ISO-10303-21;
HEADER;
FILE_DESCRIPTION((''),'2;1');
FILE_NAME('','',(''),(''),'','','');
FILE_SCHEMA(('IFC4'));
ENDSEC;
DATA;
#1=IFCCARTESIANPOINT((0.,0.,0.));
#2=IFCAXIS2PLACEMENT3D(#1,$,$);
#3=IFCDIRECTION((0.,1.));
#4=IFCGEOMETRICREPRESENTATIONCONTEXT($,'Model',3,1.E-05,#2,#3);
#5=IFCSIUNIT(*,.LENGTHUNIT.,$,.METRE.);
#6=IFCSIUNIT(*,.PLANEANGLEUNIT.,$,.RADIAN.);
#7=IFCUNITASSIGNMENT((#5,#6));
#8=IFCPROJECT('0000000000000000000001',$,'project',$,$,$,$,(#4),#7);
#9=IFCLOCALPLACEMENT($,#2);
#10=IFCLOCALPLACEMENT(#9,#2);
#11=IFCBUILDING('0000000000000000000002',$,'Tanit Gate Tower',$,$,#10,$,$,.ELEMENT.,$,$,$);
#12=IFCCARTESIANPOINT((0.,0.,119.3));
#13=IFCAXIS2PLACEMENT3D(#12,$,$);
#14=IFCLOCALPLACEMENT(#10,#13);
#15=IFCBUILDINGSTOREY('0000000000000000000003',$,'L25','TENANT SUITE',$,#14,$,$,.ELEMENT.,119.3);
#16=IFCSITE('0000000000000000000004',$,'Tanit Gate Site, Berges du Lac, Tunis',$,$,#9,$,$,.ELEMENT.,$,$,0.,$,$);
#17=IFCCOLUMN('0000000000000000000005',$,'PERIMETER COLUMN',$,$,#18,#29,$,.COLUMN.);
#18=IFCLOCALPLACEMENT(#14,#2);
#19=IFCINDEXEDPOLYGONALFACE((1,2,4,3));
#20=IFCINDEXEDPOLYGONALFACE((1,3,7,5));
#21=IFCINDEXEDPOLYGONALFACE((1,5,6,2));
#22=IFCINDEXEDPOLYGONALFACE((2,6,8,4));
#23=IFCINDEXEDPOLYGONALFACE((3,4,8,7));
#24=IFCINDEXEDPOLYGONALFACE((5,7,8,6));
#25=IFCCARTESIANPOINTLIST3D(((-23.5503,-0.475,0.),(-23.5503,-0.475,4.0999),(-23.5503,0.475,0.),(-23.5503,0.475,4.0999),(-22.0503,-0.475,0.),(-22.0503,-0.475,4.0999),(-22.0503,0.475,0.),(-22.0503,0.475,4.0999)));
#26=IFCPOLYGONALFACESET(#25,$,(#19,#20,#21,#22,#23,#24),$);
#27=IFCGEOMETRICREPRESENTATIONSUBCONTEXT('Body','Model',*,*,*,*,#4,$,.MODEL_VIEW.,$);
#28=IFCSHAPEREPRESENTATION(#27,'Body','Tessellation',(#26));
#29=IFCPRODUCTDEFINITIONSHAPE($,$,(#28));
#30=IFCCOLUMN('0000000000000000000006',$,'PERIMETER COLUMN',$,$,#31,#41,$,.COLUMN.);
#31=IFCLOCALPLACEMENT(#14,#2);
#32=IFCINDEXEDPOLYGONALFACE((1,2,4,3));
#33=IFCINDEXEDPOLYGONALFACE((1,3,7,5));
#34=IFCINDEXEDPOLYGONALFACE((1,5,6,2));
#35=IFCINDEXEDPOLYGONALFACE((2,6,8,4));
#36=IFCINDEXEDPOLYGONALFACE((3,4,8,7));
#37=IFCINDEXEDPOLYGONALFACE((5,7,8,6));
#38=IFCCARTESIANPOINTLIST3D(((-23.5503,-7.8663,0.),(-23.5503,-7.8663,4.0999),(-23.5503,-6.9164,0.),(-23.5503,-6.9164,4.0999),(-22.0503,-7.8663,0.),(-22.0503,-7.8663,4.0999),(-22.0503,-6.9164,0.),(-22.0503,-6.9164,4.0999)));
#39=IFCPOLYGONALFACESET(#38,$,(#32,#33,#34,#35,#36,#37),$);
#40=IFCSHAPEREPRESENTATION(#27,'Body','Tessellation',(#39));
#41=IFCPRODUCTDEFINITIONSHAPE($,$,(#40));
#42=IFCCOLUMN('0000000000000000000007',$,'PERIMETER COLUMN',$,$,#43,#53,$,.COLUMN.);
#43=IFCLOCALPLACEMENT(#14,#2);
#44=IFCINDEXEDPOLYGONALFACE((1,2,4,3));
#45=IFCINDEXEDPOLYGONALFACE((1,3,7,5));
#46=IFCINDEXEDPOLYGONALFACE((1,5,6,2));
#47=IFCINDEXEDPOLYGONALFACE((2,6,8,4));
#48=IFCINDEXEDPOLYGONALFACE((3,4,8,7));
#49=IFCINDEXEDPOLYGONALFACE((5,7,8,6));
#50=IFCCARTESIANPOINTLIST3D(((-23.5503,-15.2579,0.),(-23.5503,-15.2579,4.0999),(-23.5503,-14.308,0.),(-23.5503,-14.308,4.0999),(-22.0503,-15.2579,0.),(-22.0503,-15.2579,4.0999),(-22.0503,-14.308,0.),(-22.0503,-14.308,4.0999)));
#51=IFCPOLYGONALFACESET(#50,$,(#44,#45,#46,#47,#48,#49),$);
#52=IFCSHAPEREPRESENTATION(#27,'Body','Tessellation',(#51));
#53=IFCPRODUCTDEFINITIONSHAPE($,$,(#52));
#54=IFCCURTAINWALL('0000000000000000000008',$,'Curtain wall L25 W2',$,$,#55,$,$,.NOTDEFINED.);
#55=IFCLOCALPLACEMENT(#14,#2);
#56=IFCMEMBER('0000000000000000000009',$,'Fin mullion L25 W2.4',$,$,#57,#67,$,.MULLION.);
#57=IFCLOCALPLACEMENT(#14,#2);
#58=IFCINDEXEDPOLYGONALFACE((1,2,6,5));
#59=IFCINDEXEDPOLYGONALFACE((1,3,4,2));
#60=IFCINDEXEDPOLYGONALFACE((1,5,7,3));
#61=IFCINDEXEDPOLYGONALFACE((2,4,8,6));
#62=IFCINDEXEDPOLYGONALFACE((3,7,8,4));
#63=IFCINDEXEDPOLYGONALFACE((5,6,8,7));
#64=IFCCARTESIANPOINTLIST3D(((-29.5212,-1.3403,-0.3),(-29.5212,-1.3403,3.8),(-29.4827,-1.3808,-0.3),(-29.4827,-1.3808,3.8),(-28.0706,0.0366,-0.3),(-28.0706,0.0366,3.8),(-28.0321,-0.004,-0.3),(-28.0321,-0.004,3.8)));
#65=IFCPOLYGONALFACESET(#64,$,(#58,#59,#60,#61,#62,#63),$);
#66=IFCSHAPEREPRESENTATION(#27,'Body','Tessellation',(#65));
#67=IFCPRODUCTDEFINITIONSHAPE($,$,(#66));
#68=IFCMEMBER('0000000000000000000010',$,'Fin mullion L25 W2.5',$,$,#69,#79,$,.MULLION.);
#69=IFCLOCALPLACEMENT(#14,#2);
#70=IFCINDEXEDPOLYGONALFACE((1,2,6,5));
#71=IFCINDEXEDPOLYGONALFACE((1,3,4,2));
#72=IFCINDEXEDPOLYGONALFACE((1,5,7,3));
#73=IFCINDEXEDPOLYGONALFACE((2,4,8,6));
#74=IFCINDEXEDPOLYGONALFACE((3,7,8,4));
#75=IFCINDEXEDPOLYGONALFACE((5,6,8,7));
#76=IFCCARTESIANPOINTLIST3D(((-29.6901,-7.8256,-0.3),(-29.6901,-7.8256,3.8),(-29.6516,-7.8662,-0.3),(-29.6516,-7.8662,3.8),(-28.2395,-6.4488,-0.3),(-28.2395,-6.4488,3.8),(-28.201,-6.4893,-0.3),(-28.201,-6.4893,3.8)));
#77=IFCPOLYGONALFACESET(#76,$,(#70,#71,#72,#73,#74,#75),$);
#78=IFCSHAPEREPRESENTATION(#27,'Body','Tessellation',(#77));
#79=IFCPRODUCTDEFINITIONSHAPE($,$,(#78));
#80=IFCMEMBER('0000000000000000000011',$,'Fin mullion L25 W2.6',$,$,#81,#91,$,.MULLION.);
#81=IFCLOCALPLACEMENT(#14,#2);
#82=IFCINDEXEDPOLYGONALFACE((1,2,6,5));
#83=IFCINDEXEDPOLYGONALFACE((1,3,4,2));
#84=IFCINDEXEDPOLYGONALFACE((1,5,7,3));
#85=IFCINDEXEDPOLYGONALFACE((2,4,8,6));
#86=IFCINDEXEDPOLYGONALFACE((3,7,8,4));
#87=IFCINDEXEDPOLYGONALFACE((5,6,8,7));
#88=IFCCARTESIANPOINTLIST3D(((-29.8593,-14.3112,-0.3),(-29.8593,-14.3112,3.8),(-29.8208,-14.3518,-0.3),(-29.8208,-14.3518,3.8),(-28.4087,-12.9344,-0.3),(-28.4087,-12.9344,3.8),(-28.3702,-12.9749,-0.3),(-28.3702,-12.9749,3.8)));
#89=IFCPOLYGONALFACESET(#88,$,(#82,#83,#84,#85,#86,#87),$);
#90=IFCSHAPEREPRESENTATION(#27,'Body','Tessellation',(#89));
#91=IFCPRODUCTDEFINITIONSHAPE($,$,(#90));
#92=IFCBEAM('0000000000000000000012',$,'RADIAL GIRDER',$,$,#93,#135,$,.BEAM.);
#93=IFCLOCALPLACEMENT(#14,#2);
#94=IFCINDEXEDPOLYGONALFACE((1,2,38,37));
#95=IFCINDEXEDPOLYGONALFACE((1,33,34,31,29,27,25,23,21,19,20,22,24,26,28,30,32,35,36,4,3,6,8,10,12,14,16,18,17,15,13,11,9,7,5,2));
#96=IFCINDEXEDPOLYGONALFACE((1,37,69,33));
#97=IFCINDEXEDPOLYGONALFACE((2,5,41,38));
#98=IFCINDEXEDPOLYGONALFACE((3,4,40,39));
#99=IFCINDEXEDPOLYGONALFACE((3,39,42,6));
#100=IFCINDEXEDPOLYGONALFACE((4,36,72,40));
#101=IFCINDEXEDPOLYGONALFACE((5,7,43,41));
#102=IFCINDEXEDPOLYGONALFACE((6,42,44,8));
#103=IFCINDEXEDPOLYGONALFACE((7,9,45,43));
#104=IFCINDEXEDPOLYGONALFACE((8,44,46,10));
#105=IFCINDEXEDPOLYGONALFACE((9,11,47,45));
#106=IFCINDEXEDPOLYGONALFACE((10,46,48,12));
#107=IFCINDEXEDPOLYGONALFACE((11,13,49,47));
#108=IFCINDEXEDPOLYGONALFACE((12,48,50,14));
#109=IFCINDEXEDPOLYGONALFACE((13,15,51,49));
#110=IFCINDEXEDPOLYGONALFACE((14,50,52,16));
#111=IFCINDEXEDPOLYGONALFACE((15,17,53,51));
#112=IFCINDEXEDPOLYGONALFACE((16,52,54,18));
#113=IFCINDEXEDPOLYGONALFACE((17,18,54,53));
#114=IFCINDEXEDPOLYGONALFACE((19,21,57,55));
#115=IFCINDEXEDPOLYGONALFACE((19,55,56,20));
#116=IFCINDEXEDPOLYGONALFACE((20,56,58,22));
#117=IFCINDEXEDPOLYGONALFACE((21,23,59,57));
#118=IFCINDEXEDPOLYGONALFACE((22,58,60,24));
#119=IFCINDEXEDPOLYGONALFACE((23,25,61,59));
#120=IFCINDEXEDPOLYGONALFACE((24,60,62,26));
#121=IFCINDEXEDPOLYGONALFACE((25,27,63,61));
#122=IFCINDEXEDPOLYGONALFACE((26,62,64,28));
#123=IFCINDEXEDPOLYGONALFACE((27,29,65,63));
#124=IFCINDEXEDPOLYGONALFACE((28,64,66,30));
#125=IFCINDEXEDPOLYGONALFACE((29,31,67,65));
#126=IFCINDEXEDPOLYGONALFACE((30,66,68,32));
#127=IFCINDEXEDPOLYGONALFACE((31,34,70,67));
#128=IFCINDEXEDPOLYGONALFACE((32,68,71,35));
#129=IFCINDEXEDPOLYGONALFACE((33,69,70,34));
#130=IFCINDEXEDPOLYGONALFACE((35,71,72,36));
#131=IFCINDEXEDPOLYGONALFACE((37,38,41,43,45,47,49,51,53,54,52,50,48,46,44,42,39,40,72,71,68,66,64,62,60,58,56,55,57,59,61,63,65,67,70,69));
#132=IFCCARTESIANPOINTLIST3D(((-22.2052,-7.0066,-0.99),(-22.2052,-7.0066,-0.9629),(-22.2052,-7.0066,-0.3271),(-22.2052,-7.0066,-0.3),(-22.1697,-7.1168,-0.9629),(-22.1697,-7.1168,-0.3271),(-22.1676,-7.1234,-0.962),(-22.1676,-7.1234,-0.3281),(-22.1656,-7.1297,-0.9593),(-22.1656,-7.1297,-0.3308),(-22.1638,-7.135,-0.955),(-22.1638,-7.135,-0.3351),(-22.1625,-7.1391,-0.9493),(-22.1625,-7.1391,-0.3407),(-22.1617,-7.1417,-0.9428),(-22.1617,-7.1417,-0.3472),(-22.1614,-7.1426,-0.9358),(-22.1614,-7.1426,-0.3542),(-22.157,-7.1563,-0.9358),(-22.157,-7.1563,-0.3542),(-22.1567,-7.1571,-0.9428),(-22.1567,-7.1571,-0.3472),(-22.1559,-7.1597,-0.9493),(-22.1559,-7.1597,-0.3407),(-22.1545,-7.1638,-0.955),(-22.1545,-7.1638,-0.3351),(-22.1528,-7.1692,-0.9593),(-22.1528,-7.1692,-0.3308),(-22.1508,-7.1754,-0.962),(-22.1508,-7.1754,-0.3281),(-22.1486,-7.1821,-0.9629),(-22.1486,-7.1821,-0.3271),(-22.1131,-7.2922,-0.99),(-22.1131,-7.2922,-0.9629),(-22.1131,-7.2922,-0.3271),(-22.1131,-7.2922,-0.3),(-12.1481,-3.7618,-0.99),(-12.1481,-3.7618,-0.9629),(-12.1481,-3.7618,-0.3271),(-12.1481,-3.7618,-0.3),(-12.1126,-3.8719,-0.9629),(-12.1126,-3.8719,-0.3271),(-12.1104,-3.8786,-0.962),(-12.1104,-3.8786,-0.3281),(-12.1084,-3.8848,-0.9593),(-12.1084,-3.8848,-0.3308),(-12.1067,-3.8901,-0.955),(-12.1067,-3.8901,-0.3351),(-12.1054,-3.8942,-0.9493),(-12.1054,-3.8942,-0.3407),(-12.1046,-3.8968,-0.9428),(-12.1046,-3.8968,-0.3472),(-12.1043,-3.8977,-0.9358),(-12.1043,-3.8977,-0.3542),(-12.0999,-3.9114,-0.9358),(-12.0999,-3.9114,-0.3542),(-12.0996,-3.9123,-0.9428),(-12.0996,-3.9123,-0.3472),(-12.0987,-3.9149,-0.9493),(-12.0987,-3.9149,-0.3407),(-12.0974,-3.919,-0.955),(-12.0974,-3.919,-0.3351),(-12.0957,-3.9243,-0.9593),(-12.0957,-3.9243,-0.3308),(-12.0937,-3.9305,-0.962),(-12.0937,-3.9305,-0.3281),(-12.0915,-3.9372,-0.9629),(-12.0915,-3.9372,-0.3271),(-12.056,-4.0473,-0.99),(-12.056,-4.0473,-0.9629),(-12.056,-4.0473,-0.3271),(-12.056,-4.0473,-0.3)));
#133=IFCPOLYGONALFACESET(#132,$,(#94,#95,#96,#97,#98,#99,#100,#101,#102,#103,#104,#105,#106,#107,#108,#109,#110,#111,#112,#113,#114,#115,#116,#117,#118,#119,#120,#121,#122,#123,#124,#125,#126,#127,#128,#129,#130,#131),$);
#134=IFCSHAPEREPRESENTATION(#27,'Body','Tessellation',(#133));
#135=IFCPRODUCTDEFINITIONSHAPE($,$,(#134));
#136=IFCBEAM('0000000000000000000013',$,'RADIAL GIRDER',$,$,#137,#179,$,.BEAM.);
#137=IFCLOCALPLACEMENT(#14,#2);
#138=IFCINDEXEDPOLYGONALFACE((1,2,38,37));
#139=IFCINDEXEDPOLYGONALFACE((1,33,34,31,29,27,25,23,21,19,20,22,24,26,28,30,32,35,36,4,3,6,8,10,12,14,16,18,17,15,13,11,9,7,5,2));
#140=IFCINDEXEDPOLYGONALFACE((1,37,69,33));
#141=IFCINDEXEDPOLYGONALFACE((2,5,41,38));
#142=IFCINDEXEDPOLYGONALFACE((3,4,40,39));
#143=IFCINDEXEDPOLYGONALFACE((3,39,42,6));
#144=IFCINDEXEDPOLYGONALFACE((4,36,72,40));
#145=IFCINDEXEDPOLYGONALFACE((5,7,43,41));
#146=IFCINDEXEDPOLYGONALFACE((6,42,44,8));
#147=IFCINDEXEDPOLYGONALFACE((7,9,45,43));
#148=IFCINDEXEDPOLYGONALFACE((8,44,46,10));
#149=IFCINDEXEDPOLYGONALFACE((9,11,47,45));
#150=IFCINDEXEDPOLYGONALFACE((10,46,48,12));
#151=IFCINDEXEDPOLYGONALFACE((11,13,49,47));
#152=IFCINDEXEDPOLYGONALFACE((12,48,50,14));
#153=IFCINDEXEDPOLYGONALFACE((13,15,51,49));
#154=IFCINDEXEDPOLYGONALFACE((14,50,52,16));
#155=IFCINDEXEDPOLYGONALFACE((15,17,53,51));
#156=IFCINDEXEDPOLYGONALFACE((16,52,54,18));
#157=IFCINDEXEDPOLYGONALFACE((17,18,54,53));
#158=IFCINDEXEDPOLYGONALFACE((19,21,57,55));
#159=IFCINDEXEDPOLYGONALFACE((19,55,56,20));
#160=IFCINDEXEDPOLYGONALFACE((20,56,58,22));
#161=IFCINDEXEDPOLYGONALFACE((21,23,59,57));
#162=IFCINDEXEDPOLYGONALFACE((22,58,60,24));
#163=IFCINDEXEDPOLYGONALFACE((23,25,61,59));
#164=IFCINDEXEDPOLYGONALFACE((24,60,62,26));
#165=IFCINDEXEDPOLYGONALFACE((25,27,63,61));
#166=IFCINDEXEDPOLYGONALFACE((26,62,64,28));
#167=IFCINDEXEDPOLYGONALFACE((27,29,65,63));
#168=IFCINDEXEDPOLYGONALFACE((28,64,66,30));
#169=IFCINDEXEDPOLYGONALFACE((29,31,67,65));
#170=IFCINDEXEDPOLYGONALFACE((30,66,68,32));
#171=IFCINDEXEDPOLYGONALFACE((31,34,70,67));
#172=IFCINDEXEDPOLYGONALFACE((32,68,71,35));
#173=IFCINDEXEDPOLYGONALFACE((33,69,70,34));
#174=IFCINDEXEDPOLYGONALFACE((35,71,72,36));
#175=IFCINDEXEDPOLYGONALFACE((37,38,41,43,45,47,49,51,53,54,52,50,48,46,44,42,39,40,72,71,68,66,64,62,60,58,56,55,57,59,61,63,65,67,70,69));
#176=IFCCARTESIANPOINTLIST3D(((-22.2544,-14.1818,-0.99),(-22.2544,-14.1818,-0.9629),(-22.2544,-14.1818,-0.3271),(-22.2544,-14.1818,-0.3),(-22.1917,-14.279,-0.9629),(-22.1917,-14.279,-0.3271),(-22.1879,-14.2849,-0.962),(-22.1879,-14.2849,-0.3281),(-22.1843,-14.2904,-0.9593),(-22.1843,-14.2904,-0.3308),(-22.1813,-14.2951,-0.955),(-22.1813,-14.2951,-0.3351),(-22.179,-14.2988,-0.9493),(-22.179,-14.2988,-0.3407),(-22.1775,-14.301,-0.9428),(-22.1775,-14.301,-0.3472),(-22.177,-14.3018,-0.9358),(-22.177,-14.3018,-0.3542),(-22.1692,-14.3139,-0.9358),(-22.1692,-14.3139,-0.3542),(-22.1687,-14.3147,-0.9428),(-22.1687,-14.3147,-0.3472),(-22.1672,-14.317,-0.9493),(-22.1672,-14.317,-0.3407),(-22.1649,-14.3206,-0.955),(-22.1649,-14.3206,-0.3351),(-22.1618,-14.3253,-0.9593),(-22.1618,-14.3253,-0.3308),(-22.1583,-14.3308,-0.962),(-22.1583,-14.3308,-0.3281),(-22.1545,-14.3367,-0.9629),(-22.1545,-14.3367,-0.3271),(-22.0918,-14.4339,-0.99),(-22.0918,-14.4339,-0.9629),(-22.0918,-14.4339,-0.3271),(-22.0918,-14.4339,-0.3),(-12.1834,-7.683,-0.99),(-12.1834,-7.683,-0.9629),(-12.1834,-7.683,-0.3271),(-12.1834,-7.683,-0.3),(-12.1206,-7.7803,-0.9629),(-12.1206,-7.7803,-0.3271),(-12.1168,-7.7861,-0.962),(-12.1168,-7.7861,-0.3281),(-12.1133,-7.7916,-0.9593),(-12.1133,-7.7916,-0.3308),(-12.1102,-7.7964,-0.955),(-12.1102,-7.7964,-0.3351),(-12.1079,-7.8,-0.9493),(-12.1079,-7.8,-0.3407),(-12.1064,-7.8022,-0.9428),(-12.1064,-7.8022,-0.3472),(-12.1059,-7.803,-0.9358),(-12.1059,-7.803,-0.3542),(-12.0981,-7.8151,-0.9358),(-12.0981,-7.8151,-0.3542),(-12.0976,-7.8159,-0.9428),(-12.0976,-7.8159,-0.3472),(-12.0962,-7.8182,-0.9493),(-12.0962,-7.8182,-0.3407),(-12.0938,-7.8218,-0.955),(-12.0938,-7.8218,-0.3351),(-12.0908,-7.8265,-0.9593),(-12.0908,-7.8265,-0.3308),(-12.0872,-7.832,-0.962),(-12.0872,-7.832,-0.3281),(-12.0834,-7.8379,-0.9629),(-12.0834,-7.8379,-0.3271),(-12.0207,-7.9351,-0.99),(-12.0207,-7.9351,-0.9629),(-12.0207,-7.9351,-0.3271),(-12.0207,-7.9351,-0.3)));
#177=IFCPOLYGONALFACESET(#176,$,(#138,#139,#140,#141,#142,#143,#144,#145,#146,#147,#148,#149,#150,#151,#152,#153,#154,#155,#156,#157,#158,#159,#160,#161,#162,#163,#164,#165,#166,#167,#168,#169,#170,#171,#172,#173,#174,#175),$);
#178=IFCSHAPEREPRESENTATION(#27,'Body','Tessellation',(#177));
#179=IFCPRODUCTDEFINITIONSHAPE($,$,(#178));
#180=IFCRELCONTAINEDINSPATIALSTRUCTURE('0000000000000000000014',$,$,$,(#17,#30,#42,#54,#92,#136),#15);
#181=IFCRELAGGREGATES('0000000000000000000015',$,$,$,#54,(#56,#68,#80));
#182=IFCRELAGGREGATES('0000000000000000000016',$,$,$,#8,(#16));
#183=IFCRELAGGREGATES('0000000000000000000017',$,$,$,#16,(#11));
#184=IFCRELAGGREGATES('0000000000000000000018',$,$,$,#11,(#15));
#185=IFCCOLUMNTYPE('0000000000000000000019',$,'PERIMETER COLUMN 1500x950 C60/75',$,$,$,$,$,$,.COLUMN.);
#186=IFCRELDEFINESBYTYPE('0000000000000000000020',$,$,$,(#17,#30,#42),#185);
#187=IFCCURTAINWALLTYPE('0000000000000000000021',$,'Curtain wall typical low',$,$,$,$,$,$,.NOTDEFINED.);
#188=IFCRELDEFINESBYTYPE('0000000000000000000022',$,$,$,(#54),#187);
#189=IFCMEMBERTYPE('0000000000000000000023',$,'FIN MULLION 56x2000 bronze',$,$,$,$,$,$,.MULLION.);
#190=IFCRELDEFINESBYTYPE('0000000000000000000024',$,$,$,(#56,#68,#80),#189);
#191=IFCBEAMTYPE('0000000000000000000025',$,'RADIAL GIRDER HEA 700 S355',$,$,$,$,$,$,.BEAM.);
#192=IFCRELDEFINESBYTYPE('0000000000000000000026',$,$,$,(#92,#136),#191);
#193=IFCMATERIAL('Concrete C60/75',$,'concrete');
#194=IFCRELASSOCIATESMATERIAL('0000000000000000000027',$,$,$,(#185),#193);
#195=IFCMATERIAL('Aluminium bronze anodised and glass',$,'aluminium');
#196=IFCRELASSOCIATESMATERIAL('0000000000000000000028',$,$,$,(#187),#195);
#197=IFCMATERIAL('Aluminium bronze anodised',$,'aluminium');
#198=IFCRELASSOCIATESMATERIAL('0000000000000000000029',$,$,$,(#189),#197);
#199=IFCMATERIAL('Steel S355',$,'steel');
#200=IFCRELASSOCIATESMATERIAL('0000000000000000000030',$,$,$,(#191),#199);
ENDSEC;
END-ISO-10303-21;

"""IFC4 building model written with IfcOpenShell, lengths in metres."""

from ifc_helpers import new_model, si_unit, direction, frame, origin, origin_2d, place, context, subcontext, project, spatial, rectangle, i_section, extrude, material, material_profile, profile_set, type_object, element, aggregate, save


model = new_model("IFC4")

# Units and contexts
model_context = context("Model", 3, precision=1e-05, world=origin(), true_north=direction((0.0, 1.0)))
body_context = subcontext(model_context, "Body", "Model", "MODEL_VIEW")
ifc_project = project(units=[si_unit("LENGTHUNIT", "METRE"), si_unit("PLANEANGLEUNIT", "RADIAN")], contexts=[model_context])

# Site, building, storey
site_placement = place(None, origin())
site = spatial("IfcSite", under=ifc_project, at=site_placement, Name="Tanit Gate Site, Berges du Lac, Tunis", CompositionType="ELEMENT", RefElevation=0.0)
building_placement = place(site_placement, origin())
building = spatial("IfcBuilding", under=site, at=building_placement, Name="Tanit Gate Tower", CompositionType="ELEMENT")
storey_placement = place(building_placement, frame((0.0, 0.0, 119.3)))
storey = spatial("IfcBuildingStorey", under=building, at=storey_placement, Name="L25", Description="TENANT SUITE", CompositionType="ELEMENT", Elevation=119.3)

# Columns
ifc_material_1 = material(Name="Concrete C60/75", Category="concrete")
ifc_material_profile_1 = material_profile(ifc_material_1, rectangle(XDim=1.5, YDim=0.95, at=origin_2d()), Name="RC 1500x950")
ifc_profile_set_1 = profile_set([ifc_material_profile_1], Name="Concrete C60/75")
column_type = type_object("IfcColumnType", Name="PERIMETER COLUMN 1500x950 C60/75", PredefinedType="COLUMN", material=ifc_profile_set_1)
for number, where, z_axis, x_axis, name in (
    (1, (-22.8003, 0.0, 0.0), (0.0, 0.0, 1.0), (-1.0, 0.0, 0.0), "PERIMETER COLUMN"),
    (2, (-22.8003, -7.3914, 0.0), (0.0, 0.0, 1.0), (-1.0, 0.0, 0.0), "PERIMETER COLUMN"),
    (3, (-22.8003, -14.783, 0.0), (0.0, 0.0, 1.0), (-1.0, 0.0, 0.0), "PERIMETER COLUMN"),
):
    element("IfcColumn", number, at=place(storey_placement, frame(where, z_axis=z_axis, x_axis=x_axis)), inside=storey, type_object=column_type, Name=name, PredefinedType="COLUMN", context=body_context, shape_type="SweptSolid", body=[
        extrude(rectangle(XDim=1.5, YDim=0.95, at=origin_2d()), origin(), (0.0, 0.0, 1.0), 4.0999),
    ])

# Curtain wall, members
ifc_material_2 = material(Name="Aluminium bronze anodised and glass", Category="aluminium")
curtain_wall_type = type_object("IfcCurtainWallType", Name="Curtain wall typical low", PredefinedType="NOTDEFINED", material=ifc_material_2)
curtain_wall_placement = place(storey_placement, origin())
curtain_wall = element("IfcCurtainWall", 4, at=curtain_wall_placement, inside=storey, type_object=curtain_wall_type, Name="Curtain wall L25 W2", PredefinedType="NOTDEFINED")
ifc_material_3 = material(Name="Aluminium bronze anodised", Category="aluminium")
ifc_material_profile_2 = material_profile(ifc_material_3, rectangle(XDim=2.0, YDim=0.0559, at=origin_2d()), Name="56x2000 bronze fin mullion")
ifc_profile_set_2 = profile_set([ifc_material_profile_2], Name="Aluminium bronze anodised")
member_type_1 = type_object("IfcMemberType", Name="FIN MULLION 56x2000 bronze", PredefinedType="MULLION", material=ifc_profile_set_2)
member_1_placement = place(storey_placement, frame((-28.7766, -0.6721, -0.3), z_axis=(0.0, 0.0, 1.0), x_axis=(0.725296, 0.688438, 0.0)))
member_1 = element("IfcMember", 5, at=member_1_placement, type_object=member_type_1, Name="Fin mullion L25 W2.4", PredefinedType="MULLION", context=body_context, shape_type="SweptSolid", body=[
    extrude(rectangle(XDim=2.0, YDim=0.0559, at=origin_2d()), origin(), (0.0, 0.0, 1.0), 4.1001),
])
member_2_placement = place(storey_placement, frame((-28.9456, -7.1575, -0.3), z_axis=(0.0, 0.0, 1.0), x_axis=(0.725296, 0.688438, 0.0)))
member_2 = element("IfcMember", 6, at=member_2_placement, type_object=member_type_1, Name="Fin mullion L25 W2.5", PredefinedType="MULLION", context=body_context, shape_type="SweptSolid", body=[
    extrude(rectangle(XDim=2.0, YDim=0.0559, at=origin_2d()), origin(), (0.0, 0.0, 1.0), 4.1001),
])
member_3_placement = place(storey_placement, frame((-29.1147, -13.6431, -0.3), z_axis=(0.0, 0.0, 1.0), x_axis=(0.725296, 0.688438, 0.0)))
member_3 = element("IfcMember", 7, at=member_3_placement, type_object=member_type_1, Name="Fin mullion L25 W2.6", PredefinedType="MULLION", context=body_context, shape_type="SweptSolid", body=[
    extrude(rectangle(XDim=2.0, YDim=0.0559, at=origin_2d()), origin(), (0.0, 0.0, 1.0), 4.1001),
])

# Beams
ifc_material_4 = material(Name="Steel S355", Category="steel")
ifc_material_profile_3 = material_profile(ifc_material_4, i_section(OverallWidth=0.3, OverallDepth=0.6899, WebThickness=0.0144, FlangeThickness=0.0271, FilletRadius=0.0271, at=origin_2d()), Name="HEA 700")
ifc_profile_set_3 = profile_set([ifc_material_profile_3], Name="Steel S355")
beam_type = type_object("IfcBeamType", Name="RADIAL GIRDER HEA 700 S355", PredefinedType="BEAM", material=ifc_profile_set_3)
beam_1_placement = place(storey_placement, frame((-22.1592, -7.1494, -0.645), z_axis=(0.951691, 0.307057, 0.0), x_axis=(-0.307057, 0.951691, 0.0)))
element("IfcBeam", 8, at=beam_1_placement, inside=storey, type_object=beam_type, Name="RADIAL GIRDER", PredefinedType="BEAM", context=body_context, shape_type="SweptSolid", body=[
    extrude(i_section(OverallWidth=0.3, OverallDepth=0.6899, WebThickness=0.0144, FlangeThickness=0.0271, FilletRadius=0.0271, at=origin_2d()), origin(), (0.0, 0.0, 1.0), 10.5676),
])
beam_2_placement = place(storey_placement, frame((-22.1731, -14.3079, -0.645), z_axis=(0.840246, 0.542205, 0.0), x_axis=(-0.542205, 0.840246, 0.0)))
element("IfcBeam", 9, at=beam_2_placement, inside=storey, type_object=beam_type, Name="RADIAL GIRDER", PredefinedType="BEAM", context=body_context, shape_type="SweptSolid", body=[
    extrude(i_section(OverallWidth=0.3, OverallDepth=0.6899, WebThickness=0.0144, FlangeThickness=0.0271, FilletRadius=0.0271, at=origin_2d()), origin(), (0.0, 0.0, 1.0), 11.9858),
])

aggregate(curtain_wall, [member_1, member_2, member_3])

save(model, "model.ifc")
